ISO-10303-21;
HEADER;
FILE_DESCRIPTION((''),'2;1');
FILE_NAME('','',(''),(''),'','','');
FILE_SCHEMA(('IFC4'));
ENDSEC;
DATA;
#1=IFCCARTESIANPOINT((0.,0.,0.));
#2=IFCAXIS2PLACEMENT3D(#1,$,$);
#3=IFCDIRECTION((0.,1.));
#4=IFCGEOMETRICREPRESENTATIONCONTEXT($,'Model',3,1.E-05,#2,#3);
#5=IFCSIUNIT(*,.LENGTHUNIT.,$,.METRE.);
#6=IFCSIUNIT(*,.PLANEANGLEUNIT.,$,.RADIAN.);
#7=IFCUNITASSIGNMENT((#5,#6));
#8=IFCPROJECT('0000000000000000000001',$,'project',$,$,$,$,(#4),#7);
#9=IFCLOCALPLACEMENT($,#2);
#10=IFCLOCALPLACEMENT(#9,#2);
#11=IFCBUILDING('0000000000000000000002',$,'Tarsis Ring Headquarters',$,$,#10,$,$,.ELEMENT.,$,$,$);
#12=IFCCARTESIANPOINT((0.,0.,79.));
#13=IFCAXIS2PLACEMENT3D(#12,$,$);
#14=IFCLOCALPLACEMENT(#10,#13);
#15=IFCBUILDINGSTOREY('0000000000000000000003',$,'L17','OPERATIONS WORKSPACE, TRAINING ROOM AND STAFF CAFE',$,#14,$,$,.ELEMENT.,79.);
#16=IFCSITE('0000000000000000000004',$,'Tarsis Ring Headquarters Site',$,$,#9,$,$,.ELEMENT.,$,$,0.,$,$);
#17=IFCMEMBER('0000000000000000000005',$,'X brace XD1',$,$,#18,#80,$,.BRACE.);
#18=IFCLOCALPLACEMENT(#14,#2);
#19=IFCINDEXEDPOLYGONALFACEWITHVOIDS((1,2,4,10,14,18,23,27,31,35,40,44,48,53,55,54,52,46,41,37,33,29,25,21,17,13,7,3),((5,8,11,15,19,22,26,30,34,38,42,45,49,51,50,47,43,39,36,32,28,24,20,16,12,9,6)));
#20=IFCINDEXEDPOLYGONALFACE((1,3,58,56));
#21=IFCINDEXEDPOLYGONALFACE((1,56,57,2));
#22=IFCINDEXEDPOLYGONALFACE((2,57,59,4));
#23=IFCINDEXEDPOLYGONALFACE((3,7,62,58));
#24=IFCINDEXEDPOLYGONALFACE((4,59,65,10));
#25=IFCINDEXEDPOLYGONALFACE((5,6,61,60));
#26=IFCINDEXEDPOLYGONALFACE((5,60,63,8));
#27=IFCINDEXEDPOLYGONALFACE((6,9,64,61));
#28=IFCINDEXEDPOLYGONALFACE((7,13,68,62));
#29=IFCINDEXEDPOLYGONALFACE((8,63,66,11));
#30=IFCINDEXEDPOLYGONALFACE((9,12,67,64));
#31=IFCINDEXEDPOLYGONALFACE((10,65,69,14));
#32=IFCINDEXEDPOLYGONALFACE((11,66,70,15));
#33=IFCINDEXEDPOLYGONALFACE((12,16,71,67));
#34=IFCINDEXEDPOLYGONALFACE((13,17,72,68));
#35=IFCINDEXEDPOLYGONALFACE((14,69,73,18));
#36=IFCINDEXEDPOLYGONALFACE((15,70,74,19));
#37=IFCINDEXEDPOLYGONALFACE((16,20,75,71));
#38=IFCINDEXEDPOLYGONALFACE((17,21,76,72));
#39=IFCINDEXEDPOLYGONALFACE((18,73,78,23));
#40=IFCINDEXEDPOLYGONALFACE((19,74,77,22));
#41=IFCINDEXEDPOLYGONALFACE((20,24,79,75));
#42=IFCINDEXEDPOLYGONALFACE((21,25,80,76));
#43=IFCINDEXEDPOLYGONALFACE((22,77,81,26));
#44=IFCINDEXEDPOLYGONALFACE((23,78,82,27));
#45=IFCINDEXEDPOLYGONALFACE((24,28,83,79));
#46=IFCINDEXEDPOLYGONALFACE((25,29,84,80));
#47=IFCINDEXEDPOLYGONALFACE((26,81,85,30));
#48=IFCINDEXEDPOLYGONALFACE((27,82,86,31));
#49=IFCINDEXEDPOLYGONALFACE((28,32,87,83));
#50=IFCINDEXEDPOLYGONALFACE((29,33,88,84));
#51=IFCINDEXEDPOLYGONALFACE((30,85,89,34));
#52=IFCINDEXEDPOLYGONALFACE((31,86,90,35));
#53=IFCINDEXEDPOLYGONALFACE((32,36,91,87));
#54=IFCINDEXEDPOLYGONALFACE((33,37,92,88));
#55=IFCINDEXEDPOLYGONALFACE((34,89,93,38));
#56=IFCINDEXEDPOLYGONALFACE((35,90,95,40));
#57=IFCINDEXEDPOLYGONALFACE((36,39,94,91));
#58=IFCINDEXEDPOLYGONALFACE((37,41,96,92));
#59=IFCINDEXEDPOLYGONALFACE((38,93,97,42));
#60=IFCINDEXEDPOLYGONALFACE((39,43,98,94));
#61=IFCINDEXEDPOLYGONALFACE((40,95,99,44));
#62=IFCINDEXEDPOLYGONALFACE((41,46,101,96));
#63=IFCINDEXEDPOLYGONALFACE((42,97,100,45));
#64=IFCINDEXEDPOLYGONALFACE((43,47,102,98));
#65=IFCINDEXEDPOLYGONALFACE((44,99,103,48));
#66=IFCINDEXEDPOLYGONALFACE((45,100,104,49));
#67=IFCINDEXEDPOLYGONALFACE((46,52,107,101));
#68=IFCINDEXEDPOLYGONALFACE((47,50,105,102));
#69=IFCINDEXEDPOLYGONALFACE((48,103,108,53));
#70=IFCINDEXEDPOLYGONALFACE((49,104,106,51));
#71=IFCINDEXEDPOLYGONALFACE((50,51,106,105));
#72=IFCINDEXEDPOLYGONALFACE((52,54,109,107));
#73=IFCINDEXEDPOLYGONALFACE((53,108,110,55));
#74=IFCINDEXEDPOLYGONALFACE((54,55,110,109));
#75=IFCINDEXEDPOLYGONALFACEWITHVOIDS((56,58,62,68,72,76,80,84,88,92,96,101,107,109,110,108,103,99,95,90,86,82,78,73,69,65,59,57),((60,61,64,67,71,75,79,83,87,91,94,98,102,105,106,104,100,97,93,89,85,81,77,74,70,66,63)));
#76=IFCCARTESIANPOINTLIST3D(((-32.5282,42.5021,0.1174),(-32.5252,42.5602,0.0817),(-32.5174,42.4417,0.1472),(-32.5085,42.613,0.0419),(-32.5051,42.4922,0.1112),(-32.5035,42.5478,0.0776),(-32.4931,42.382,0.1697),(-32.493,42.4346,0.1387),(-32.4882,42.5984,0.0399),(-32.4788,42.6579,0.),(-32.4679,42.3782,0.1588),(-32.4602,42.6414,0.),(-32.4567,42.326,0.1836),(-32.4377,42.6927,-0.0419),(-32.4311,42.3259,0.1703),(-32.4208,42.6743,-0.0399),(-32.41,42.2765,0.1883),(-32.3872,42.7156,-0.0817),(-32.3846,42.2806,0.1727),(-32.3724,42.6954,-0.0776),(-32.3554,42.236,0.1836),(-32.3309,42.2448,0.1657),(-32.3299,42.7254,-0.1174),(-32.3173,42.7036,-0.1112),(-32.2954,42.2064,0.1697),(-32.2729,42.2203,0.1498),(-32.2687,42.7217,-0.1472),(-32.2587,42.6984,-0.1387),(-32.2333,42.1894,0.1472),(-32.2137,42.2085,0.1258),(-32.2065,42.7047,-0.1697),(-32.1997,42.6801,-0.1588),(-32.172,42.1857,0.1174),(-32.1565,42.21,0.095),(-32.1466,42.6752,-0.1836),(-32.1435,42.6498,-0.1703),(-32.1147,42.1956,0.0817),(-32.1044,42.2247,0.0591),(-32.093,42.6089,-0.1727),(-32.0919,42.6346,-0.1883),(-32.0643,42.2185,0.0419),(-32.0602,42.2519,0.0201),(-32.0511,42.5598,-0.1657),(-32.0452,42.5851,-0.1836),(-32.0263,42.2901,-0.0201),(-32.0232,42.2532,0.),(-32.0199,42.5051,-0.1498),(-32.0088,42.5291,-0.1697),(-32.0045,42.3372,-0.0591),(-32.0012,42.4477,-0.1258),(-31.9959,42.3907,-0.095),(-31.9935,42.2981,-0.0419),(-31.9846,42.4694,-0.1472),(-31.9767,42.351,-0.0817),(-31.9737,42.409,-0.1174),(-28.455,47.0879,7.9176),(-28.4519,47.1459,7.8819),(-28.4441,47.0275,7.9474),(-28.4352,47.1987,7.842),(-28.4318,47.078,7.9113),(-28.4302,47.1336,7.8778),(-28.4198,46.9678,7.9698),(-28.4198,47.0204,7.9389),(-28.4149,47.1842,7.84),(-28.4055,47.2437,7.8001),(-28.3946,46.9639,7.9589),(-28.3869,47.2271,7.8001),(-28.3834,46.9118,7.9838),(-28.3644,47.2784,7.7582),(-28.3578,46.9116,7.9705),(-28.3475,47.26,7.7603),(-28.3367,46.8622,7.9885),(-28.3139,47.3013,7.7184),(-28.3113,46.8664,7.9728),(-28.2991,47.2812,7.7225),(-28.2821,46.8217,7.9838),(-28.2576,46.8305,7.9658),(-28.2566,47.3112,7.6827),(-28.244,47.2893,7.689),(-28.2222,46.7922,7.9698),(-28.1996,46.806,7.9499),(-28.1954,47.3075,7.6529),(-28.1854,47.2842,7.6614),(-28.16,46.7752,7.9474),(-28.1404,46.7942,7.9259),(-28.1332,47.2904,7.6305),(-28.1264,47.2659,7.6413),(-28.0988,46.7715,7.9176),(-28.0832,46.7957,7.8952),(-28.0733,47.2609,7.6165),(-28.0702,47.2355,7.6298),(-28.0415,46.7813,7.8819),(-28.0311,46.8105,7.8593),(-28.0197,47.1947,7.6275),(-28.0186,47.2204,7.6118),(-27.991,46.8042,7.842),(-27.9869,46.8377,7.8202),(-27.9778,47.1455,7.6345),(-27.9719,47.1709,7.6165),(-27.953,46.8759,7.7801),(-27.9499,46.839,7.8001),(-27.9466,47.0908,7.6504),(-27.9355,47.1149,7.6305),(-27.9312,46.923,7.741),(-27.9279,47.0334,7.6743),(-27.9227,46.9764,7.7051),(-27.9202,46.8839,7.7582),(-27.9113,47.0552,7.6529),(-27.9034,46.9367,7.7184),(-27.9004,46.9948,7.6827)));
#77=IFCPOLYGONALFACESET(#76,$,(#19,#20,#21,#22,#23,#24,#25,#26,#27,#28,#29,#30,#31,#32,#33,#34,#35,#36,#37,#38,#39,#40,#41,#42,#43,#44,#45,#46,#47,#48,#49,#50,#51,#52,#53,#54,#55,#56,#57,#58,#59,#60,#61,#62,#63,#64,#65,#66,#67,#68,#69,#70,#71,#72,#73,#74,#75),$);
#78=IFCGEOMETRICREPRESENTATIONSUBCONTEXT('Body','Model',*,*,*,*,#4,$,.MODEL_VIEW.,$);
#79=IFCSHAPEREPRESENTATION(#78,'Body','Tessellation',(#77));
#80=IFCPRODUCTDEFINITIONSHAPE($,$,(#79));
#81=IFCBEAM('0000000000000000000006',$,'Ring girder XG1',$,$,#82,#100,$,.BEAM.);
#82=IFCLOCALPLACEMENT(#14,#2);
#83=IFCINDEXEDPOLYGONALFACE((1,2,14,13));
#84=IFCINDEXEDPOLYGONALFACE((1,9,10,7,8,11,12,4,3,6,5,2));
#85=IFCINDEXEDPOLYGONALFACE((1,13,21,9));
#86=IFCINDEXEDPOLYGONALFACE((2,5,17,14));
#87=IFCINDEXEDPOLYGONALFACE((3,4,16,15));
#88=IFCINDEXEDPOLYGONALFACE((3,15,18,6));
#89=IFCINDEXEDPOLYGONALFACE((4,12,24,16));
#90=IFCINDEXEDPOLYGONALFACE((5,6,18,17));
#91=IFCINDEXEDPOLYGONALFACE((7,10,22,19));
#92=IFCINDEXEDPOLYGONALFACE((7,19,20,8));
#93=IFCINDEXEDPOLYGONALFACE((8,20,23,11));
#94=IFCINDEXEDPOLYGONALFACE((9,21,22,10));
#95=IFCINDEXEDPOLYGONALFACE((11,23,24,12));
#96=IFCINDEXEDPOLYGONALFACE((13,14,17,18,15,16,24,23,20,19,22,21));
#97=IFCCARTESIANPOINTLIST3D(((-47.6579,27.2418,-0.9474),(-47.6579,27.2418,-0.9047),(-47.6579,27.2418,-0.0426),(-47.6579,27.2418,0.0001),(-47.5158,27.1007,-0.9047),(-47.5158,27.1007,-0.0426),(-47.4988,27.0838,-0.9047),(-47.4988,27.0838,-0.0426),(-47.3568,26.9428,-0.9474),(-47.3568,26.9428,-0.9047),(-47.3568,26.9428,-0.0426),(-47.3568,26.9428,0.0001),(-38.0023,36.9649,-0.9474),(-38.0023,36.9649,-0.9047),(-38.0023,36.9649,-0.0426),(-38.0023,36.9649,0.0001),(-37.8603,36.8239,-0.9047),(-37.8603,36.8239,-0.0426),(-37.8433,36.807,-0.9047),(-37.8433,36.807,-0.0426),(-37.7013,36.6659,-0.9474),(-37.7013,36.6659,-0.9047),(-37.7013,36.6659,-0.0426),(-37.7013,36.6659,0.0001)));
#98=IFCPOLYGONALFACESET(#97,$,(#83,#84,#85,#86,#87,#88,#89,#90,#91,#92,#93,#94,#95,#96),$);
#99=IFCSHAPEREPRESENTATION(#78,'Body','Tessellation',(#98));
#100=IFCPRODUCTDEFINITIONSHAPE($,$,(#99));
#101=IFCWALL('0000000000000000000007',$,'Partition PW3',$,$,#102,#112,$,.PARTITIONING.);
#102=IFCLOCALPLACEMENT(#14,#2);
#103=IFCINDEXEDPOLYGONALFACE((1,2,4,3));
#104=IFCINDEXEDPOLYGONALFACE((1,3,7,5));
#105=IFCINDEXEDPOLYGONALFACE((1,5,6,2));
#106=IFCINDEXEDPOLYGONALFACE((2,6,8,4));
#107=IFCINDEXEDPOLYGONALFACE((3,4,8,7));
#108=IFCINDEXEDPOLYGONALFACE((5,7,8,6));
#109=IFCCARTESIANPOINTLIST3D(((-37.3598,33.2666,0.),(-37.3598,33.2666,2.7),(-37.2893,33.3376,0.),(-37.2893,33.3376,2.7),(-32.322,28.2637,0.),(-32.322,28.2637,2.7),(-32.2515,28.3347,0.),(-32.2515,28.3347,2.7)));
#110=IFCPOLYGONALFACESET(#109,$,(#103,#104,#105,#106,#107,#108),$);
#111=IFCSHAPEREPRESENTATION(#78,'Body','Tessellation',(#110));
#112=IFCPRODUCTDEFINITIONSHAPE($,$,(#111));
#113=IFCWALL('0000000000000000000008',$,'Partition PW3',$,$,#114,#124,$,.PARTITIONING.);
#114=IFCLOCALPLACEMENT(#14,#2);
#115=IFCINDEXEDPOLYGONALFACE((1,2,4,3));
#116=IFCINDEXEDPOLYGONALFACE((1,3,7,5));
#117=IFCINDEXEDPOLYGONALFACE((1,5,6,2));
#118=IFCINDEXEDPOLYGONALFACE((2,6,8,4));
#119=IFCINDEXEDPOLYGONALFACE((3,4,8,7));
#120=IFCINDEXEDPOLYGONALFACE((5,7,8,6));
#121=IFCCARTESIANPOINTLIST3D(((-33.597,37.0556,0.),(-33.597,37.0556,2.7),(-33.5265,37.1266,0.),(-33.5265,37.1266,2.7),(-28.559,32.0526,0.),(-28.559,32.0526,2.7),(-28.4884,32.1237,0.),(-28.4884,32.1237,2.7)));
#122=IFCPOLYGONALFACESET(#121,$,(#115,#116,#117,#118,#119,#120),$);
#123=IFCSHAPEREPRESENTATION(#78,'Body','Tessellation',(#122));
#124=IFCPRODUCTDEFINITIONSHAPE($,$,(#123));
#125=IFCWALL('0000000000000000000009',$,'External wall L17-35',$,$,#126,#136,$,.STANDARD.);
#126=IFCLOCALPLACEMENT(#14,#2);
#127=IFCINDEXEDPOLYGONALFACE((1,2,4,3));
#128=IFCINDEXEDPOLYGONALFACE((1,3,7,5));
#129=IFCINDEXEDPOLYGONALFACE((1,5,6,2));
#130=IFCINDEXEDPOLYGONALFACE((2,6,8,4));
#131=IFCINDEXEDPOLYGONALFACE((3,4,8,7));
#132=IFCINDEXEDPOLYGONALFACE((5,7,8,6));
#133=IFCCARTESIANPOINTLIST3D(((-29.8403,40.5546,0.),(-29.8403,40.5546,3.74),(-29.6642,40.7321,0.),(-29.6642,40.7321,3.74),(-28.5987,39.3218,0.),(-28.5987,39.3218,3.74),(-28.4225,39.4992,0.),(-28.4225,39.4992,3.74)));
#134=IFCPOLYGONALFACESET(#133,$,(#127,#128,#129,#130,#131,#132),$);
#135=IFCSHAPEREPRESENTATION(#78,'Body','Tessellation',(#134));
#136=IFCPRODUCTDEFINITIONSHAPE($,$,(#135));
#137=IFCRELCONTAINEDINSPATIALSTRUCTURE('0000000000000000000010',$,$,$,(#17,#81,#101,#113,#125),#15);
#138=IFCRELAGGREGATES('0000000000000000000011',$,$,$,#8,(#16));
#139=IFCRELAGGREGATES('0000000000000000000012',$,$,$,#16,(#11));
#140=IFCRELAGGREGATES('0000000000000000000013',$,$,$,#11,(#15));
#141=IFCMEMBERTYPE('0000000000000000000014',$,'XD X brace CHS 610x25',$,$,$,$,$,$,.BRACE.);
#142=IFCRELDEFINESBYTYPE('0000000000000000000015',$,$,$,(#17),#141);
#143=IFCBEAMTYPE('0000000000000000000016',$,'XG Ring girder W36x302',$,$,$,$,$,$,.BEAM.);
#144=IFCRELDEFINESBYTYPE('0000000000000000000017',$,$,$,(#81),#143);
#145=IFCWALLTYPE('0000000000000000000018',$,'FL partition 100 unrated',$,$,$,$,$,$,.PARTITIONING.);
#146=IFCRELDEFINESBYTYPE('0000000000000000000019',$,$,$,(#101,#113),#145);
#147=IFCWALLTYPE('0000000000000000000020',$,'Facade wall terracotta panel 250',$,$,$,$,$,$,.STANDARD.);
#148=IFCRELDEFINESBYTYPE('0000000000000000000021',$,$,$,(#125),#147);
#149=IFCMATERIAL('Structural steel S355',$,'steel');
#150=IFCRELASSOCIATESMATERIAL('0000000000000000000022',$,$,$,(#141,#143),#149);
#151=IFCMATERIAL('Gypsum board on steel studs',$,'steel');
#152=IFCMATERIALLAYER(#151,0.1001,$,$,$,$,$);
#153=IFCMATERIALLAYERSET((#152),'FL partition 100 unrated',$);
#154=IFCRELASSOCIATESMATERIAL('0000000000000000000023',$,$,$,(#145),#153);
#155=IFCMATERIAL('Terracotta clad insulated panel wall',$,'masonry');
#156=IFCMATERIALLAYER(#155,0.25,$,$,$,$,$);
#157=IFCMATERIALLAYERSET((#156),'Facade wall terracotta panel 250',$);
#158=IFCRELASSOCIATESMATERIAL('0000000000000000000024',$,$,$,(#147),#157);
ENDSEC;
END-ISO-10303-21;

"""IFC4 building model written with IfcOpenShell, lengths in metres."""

from ifc_helpers import new_model, si_unit, direction, frame, frame_2d, origin, origin_2d, place, context, subcontext, project, spatial, rectangle, hollow_circle, i_section, extrude, material, layer, layer_set, material_profile, profile_set, type_object, element, save


model = new_model("IFC4")

# Units and contexts
model_context = context("Model", 3, precision=1e-05, world=origin(), true_north=direction((0.0, 1.0)))
body_context = subcontext(model_context, "Body", "Model", "MODEL_VIEW")
ifc_project = project(units=[si_unit("LENGTHUNIT", "METRE"), si_unit("PLANEANGLEUNIT", "RADIAN")], contexts=[model_context])

# Site, building, storey
site_placement = place(None, origin())
site = spatial("IfcSite", under=ifc_project, at=site_placement, Name="Tarsis Ring Headquarters Site", CompositionType="ELEMENT", RefElevation=0.0)
building_placement = place(site_placement, origin())
building = spatial("IfcBuilding", under=site, at=building_placement, Name="Tarsis Ring Headquarters", CompositionType="ELEMENT")
storey_placement = place(building_placement, frame((0.0, 0.0, 79.0)))
storey = spatial("IfcBuildingStorey", under=building, at=storey_placement, Name="L17", Description="OPERATIONS WORKSPACE, TRAINING ROOM AND STAFF CAFE", CompositionType="ELEMENT", Elevation=79.0)

# Member
ifc_material_1 = material(Name="Structural steel S355", Category="steel")
ifc_material_profile_1 = material_profile(ifc_material_1, hollow_circle(Radius=0.3047, WallThickness=0.0249, at=origin_2d()), Name="CHS 610x25")
ifc_profile_set_1 = profile_set([ifc_material_profile_1], Name="Structural steel S355")
member_type = type_object("IfcMemberType", Name="XD X brace CHS 610x25", PredefinedType="BRACE", material=ifc_profile_set_1)
member_1_placement = place(storey_placement, frame((-32.251, 42.4556, 0.0), z_axis=(0.410496, 0.46214, 0.786079), x_axis=(-0.747646, 0.664097, 0.0)))
element("IfcMember", 1, at=member_1_placement, inside=storey, type_object=member_type, Name="X brace XD1", PredefinedType="BRACE", context=body_context, shape_type="SweptSolid", body=[
    extrude(hollow_circle(Radius=0.3047, WallThickness=0.0249, at=origin_2d()), origin(), (0.0, 0.0, 1.0), 9.9229),
])

# Beam
ifc_material_profile_2 = material_profile(ifc_material_1, i_section(OverallWidth=0.4243, OverallDepth=0.9475, WebThickness=0.0239, FlangeThickness=0.0427, at=origin_2d()), Name="W36x302")
ifc_profile_set_2 = profile_set([ifc_material_profile_2], Name="Structural steel S355")
beam_type = type_object("IfcBeamType", Name="XG Ring girder W36x302", PredefinedType="BEAM", material=ifc_profile_set_2)
beam_placement = place(storey_placement, frame((-37.8518, 36.8154, -0.4736), z_axis=(-0.704635, -0.70957, 0.0), x_axis=(0.70957, -0.704635, 0.0)))
element("IfcBeam", 2, at=beam_placement, inside=storey, type_object=beam_type, Name="Ring girder XG1", PredefinedType="BEAM", context=body_context, shape_type="SweptSolid", body=[
    extrude(i_section(OverallWidth=0.4243, OverallDepth=0.9475, WebThickness=0.0239, FlangeThickness=0.0427, at=origin_2d()), origin(), (0.0, 0.0, 1.0), 13.7029),
])

# Walls
ifc_material_2 = material(Name="Gypsum board on steel studs", Category="steel")
ifc_layer_1 = layer(ifc_material_2, 0.1001)
ifc_layer_set_1 = layer_set([ifc_layer_1], Name="FL partition 100 unrated")
wall_type_1 = type_object("IfcWallType", Name="FL partition 100 unrated", PredefinedType="PARTITIONING", material=ifc_layer_set_1)
wall_1_placement = place(storey_placement, frame((-37.3245, 33.302, 0.0), z_axis=(0.0, 0.0, 1.0), x_axis=(0.709561, -0.704644, 0.0)))
element("IfcWall", 3, at=wall_1_placement, inside=storey, type_object=wall_type_1, Name="Partition PW3", PredefinedType="PARTITIONING", context=body_context, shape_type="SweptSolid", body=[
    extrude(rectangle(XDim=7.0999, YDim=0.1001, at=frame_2d((3.5498, 0.0))), origin(), (0.0, 0.0, 1.0), 2.7),
])
wall_2_placement = place(storey_placement, frame((-33.5618, 37.0911, 0.0), z_axis=(0.0, 0.0, 1.0), x_axis=(0.709578, -0.704627, 0.0)))
element("IfcWall", 4, at=wall_2_placement, inside=storey, type_object=wall_type_1, Name="Partition PW3", PredefinedType="PARTITIONING", context=body_context, shape_type="SweptSolid", body=[
    extrude(rectangle(XDim=7.1001, YDim=0.1001, at=frame_2d((3.55, 0.0))), origin(), (0.0, 0.0, 1.0), 2.7),
])
ifc_material_3 = material(Name="Terracotta clad insulated panel wall", Category="masonry")
ifc_layer_2 = layer(ifc_material_3, 0.25)
ifc_layer_set_2 = layer_set([ifc_layer_2], Name="Facade wall terracotta panel 250")
wall_type_2 = type_object("IfcWallType", Name="Facade wall terracotta panel 250", PredefinedType="STANDARD", material=ifc_layer_set_2)
wall_3_placement = place(storey_placement, frame((-28.5105, 39.4104, 0.0), z_axis=(0.0, 0.0, 1.0), x_axis=(-0.709614, 0.704591, 0.0)))
element("IfcWall", 5, at=wall_3_placement, inside=storey, type_object=wall_type_2, Name="External wall L17-35", PredefinedType="STANDARD", context=body_context, shape_type="SweptSolid", body=[
    extrude(rectangle(XDim=1.7498, YDim=0.25, at=frame_2d((0.875, 0.0))), origin(), (0.0, 0.0, 1.0), 3.74),
])

save(model, "model.ifc")
